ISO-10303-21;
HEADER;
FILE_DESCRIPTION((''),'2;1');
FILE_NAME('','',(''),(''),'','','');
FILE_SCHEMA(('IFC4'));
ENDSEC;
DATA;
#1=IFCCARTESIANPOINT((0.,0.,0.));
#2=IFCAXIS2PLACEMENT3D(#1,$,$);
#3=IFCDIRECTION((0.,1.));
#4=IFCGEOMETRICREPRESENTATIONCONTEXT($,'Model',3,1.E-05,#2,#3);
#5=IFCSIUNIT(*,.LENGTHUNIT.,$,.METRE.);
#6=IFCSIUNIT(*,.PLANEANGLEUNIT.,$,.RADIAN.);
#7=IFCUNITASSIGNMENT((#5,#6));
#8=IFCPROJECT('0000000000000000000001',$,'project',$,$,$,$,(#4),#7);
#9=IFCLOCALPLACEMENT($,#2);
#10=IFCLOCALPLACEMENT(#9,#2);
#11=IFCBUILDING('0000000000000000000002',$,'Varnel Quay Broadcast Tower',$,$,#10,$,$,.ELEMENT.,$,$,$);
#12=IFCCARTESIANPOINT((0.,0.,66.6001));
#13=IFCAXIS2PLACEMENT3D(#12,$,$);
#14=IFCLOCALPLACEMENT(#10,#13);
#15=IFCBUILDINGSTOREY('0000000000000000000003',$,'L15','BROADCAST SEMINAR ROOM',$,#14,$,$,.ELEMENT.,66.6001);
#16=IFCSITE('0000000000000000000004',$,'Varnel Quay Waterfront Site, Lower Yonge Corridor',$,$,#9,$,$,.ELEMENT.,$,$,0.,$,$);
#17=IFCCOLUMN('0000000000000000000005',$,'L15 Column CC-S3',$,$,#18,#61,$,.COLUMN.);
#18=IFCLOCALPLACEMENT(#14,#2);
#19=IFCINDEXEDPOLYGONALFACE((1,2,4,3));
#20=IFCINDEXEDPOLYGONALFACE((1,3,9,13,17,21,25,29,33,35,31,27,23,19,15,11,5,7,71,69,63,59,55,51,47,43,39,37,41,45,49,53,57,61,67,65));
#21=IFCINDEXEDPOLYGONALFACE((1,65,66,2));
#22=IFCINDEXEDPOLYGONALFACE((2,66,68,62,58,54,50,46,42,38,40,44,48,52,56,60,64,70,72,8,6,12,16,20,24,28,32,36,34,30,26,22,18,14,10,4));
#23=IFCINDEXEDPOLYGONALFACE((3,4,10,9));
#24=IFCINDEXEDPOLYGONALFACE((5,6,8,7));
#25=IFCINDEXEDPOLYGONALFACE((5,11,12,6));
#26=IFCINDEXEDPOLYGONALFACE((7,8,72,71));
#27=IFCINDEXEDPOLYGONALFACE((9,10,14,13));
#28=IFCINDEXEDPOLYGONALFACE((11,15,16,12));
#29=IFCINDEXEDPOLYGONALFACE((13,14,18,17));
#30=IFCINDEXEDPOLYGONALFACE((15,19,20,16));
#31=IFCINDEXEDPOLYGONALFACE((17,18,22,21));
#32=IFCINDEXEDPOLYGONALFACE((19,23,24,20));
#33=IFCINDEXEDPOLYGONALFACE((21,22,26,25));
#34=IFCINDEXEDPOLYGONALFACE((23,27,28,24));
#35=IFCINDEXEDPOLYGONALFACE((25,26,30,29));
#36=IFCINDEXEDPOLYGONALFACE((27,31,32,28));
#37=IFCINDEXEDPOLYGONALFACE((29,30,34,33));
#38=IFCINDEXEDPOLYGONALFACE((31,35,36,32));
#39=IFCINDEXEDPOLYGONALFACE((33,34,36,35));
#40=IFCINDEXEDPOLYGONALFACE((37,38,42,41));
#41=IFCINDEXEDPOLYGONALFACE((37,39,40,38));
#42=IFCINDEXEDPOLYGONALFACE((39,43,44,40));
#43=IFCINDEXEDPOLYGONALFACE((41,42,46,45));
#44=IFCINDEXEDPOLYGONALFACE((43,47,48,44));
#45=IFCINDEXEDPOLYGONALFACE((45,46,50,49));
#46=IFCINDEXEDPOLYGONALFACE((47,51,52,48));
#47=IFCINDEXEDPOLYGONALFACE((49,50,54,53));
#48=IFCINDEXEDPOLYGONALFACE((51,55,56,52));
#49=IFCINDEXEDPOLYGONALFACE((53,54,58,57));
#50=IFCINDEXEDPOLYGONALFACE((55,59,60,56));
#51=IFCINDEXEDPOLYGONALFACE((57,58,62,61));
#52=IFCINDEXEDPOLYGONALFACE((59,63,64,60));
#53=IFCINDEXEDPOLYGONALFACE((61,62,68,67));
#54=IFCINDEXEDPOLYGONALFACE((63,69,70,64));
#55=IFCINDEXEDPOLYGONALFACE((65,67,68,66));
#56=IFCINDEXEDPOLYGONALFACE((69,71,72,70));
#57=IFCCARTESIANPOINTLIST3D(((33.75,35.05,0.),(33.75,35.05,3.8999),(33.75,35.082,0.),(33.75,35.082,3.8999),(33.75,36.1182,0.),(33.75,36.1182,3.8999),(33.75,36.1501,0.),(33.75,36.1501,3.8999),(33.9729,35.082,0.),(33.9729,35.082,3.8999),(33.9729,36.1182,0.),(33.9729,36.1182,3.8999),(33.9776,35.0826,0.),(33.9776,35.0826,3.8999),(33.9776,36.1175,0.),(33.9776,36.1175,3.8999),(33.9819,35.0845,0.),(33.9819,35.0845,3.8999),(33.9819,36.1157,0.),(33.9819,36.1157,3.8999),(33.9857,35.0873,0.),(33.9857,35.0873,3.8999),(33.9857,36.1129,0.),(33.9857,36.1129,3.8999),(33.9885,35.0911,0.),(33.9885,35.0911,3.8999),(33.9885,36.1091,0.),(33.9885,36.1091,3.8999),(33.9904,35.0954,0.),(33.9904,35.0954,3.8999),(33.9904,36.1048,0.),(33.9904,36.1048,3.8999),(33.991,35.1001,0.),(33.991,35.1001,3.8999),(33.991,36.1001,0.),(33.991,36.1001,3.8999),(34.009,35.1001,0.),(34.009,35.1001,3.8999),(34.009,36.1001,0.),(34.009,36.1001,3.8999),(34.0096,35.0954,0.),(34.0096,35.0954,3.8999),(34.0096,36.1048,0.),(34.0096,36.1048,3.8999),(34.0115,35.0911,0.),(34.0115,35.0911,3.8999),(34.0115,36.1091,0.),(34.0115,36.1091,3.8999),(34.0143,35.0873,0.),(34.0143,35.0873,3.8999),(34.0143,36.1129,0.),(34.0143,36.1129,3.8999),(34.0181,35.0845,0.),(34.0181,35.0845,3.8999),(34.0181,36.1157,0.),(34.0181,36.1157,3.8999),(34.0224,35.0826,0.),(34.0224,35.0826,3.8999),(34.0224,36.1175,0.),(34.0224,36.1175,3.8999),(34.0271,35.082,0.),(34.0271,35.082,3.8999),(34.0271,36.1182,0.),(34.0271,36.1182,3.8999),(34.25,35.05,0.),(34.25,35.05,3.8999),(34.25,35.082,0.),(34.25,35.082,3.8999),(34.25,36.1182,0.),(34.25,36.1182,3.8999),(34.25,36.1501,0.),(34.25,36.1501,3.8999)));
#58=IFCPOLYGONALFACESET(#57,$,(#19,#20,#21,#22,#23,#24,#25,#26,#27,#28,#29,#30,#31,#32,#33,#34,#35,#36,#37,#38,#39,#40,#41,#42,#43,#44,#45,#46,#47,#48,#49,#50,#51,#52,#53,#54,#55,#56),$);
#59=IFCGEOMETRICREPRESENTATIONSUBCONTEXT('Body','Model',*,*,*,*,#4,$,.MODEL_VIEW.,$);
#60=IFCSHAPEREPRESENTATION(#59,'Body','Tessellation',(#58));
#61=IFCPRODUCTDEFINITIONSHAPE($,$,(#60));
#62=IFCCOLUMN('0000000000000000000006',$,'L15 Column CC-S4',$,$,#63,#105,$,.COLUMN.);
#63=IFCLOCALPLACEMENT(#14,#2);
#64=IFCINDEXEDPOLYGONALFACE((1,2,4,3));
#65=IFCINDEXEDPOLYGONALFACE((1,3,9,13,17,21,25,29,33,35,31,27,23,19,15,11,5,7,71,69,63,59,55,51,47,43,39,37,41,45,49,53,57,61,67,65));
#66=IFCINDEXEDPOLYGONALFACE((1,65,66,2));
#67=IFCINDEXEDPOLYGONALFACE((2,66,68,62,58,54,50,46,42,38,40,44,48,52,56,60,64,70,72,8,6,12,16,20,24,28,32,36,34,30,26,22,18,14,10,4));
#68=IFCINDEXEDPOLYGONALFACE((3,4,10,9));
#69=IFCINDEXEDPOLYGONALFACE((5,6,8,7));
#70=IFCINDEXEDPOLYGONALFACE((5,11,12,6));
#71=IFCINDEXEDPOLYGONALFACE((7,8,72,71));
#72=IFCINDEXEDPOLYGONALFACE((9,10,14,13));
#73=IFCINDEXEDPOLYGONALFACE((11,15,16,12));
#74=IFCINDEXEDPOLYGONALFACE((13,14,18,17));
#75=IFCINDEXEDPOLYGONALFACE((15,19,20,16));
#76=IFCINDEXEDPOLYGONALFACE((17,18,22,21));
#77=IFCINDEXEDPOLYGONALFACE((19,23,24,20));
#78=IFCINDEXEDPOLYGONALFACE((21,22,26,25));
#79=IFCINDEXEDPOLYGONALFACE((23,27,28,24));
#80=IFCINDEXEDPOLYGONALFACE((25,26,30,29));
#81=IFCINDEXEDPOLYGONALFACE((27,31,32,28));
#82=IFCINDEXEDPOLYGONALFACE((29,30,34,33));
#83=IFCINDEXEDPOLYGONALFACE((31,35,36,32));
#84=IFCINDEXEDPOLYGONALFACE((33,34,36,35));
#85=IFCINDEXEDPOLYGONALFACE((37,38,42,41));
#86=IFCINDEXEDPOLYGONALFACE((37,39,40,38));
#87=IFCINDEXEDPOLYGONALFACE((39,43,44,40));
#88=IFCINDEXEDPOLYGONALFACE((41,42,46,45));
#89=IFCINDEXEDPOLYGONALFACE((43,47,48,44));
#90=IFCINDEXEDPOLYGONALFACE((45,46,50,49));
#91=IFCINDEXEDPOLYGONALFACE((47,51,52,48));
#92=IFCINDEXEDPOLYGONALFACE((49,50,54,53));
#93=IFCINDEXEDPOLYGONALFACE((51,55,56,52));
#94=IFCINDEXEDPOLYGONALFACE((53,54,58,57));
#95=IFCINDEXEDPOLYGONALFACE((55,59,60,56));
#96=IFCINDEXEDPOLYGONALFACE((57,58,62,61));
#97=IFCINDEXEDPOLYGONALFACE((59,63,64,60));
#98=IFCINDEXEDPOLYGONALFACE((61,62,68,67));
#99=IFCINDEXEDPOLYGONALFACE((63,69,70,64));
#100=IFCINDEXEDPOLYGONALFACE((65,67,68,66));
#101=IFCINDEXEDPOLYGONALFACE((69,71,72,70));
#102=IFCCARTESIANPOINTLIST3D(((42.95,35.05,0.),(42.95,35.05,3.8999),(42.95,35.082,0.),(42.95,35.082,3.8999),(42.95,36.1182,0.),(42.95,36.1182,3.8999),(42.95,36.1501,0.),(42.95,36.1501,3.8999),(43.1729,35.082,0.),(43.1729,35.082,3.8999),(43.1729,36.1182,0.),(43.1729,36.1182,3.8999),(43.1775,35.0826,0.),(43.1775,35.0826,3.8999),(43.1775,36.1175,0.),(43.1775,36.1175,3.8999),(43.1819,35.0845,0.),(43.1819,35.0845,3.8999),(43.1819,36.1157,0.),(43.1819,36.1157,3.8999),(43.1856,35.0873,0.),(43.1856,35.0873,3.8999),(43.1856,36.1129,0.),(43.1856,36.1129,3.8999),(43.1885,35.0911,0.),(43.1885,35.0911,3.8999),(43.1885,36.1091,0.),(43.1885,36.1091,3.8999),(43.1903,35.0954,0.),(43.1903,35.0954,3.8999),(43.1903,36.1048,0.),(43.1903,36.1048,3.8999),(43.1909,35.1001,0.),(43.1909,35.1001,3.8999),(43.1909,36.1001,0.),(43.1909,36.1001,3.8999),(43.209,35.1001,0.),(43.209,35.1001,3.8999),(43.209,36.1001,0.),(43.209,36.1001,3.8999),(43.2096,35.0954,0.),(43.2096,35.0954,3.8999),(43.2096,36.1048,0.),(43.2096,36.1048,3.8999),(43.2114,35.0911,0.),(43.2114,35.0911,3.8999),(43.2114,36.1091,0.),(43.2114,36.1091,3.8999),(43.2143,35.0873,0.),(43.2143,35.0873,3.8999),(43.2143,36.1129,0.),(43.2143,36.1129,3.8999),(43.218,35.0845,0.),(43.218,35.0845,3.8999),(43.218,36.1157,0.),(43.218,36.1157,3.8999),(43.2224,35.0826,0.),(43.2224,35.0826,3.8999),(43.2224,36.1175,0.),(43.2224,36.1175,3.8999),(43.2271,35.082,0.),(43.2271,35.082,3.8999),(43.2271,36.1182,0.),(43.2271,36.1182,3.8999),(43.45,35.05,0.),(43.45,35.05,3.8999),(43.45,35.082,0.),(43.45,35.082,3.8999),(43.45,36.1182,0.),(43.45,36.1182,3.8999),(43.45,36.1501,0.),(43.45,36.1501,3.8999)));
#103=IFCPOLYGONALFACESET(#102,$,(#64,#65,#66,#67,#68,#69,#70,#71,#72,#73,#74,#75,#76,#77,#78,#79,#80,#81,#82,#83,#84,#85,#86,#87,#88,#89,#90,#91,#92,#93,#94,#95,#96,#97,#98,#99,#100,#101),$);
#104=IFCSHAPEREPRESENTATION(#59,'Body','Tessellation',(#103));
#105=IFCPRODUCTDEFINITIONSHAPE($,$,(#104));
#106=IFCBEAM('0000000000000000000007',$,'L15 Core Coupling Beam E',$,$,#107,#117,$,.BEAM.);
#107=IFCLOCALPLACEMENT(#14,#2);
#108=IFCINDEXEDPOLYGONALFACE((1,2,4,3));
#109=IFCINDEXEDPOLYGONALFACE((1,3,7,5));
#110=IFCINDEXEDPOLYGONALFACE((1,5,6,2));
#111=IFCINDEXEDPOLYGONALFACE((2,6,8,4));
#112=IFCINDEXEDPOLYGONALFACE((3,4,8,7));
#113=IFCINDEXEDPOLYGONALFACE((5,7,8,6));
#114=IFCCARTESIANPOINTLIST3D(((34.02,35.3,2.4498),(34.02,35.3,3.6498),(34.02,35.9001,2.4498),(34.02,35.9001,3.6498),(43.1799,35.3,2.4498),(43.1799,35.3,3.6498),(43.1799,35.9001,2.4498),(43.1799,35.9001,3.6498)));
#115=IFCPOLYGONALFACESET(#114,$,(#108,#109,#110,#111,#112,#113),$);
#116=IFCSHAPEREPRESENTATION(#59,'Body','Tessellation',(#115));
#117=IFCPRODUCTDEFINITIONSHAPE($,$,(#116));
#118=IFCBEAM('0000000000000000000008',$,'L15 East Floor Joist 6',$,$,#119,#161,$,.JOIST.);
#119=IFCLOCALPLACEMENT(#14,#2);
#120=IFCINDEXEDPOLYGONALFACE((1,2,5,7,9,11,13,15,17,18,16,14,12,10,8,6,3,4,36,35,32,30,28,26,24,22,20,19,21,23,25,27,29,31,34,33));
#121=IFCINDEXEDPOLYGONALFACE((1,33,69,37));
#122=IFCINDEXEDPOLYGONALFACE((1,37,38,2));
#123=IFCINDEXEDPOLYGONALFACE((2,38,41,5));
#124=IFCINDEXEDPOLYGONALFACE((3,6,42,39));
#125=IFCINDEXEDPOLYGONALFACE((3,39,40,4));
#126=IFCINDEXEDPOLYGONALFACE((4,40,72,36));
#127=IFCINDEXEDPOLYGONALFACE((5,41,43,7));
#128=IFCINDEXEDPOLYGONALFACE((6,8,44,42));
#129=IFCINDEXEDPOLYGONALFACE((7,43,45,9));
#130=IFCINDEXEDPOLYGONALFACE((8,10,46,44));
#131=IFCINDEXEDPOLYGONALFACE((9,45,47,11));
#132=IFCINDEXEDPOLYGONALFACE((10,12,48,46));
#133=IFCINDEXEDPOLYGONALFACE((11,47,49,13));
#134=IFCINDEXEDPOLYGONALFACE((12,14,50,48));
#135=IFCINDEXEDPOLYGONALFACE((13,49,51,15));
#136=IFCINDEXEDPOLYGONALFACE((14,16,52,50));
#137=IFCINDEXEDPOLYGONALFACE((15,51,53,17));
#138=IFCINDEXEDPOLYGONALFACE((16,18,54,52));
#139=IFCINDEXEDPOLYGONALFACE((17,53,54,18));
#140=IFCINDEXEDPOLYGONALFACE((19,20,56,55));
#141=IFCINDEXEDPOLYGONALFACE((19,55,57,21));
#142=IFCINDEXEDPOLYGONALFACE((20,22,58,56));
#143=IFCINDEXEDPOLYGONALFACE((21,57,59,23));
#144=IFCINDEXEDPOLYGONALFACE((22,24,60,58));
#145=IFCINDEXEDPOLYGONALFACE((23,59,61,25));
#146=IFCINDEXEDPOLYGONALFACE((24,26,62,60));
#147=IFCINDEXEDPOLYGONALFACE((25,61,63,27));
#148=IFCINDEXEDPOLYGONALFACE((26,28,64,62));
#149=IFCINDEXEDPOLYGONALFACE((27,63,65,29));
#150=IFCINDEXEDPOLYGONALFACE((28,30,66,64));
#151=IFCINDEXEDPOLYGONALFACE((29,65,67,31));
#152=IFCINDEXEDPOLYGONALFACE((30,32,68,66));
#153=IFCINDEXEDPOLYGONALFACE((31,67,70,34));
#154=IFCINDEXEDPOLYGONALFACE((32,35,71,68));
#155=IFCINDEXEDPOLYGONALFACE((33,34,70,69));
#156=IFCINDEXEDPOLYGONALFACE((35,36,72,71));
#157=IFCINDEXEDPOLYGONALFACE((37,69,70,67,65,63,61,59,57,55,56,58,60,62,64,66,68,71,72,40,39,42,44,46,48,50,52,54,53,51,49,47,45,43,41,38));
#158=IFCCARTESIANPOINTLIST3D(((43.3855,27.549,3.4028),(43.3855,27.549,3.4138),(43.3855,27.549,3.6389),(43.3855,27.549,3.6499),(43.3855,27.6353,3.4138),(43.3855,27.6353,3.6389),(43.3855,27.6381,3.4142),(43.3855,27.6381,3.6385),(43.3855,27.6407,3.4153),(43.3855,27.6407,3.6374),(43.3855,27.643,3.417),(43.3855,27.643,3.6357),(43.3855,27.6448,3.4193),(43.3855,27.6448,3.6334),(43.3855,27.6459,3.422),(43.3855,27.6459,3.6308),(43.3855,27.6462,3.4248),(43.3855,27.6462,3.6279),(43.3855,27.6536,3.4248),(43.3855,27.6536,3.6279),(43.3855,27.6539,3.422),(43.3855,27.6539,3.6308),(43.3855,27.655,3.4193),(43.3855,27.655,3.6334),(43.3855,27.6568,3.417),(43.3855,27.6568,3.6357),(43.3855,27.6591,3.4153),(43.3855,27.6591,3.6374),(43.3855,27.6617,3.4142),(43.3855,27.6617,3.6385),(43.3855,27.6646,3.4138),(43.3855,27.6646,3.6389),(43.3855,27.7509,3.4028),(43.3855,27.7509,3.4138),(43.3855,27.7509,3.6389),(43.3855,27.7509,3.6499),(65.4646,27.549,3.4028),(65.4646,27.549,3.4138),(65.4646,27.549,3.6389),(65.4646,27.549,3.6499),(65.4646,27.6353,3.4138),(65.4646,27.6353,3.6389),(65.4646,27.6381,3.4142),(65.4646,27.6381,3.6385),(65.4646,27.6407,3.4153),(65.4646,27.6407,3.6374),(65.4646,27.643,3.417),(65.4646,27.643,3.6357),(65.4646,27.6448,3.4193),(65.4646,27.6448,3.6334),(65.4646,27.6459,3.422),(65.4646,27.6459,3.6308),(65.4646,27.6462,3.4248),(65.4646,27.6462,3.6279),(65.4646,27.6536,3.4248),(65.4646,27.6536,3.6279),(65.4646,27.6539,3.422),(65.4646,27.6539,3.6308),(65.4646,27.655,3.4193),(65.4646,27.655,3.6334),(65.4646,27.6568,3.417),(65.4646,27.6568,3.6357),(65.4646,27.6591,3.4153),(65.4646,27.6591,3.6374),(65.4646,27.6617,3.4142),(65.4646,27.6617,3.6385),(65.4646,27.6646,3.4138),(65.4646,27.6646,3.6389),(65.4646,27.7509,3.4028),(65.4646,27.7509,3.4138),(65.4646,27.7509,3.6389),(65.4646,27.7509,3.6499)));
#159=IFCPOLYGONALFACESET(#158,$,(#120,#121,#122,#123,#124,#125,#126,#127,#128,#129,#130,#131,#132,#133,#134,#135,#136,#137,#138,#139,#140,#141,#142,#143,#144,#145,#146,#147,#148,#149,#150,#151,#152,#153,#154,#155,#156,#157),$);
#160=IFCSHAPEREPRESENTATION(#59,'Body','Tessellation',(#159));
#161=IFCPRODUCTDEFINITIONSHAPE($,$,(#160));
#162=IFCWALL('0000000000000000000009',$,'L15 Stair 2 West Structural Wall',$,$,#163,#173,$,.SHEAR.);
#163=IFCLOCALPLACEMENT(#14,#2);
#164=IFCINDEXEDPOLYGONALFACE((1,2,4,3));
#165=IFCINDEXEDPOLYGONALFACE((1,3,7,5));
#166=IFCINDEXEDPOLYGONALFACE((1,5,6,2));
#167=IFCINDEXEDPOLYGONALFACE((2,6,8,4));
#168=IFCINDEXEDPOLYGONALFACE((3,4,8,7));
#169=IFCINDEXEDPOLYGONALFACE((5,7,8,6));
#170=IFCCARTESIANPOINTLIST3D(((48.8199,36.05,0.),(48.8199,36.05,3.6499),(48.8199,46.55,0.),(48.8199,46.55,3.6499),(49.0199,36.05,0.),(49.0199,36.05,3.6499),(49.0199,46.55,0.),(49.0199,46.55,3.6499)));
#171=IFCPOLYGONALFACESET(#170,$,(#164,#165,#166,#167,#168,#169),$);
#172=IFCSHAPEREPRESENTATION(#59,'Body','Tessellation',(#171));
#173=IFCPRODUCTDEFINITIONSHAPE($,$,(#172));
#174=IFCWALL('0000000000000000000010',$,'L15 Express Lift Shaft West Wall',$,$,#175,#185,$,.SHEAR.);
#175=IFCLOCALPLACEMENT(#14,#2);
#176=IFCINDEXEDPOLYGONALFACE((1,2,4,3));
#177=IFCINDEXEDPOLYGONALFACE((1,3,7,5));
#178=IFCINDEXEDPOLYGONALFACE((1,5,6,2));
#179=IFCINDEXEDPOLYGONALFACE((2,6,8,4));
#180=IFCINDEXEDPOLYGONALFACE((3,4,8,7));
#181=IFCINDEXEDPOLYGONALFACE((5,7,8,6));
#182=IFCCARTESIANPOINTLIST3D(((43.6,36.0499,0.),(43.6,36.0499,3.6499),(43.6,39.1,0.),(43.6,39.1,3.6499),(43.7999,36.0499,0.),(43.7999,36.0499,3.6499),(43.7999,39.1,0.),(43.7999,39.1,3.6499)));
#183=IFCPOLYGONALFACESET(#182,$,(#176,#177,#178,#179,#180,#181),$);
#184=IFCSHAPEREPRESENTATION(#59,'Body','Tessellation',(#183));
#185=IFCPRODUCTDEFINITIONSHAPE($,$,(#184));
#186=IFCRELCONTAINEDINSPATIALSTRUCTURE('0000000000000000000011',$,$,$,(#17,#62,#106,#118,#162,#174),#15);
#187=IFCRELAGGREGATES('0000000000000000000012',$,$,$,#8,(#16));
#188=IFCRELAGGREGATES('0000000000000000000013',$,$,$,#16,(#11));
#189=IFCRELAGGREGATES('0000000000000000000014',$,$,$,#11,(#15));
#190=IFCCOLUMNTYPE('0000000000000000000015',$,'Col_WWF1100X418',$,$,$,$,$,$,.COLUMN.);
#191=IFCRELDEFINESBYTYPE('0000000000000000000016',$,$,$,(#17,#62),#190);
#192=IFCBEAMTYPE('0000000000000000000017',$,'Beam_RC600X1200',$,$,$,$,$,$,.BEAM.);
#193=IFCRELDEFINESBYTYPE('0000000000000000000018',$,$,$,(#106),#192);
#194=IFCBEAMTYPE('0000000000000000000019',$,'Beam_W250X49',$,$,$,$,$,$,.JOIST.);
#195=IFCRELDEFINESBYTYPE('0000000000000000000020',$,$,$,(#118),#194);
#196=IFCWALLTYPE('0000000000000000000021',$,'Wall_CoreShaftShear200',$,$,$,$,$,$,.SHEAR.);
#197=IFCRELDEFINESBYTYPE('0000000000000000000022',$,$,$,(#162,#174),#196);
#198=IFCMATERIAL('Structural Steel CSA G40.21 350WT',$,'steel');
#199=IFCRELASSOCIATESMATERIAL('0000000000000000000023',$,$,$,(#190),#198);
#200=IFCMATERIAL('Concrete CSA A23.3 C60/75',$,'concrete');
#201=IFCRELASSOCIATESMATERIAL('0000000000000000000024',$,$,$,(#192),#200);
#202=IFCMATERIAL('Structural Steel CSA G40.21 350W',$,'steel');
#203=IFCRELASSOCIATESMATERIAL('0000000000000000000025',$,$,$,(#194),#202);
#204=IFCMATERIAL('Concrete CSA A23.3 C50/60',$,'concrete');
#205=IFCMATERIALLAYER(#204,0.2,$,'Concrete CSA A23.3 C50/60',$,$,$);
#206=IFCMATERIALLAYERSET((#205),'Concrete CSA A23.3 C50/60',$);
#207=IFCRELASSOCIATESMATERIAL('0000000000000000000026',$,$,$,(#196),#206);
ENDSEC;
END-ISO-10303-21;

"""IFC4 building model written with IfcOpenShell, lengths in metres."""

from ifc_helpers import new_model, si_unit, direction, frame, frame_2d, origin, origin_2d, place, context, subcontext, project, spatial, rectangle, i_section, extrude, source, transform, mapped, material, layer, layer_set, material_profile, profile_set, type_object, type_shapes, element, save


model = new_model("IFC4")

# Units and contexts
model_context = context("Model", 3, precision=1e-05, world=origin(), true_north=direction((0.0, 1.0)))
body_context = subcontext(model_context, "Body", "Model", "MODEL_VIEW")
ifc_project = project(units=[si_unit("LENGTHUNIT", "METRE"), si_unit("PLANEANGLEUNIT", "RADIAN")], contexts=[model_context])

# Site, building, storey
site_placement = place(None, origin())
site = spatial("IfcSite", under=ifc_project, at=site_placement, Name="Varnel Quay Waterfront Site, Lower Yonge Corridor", CompositionType="ELEMENT", RefElevation=0.0)
building_placement = place(site_placement, origin())
building = spatial("IfcBuilding", under=site, at=building_placement, Name="Varnel Quay Broadcast Tower", CompositionType="ELEMENT")
storey_placement = place(building_placement, frame((0.0, 0.0, 66.6001)))
storey = spatial("IfcBuildingStorey", under=building, at=storey_placement, Name="L15", Description="BROADCAST SEMINAR ROOM", CompositionType="ELEMENT", Elevation=66.6001)

# Columns
ifc_material_1 = material(Name="Structural Steel CSA G40.21 350WT", Category="steel")
ifc_material_profile_1 = material_profile(ifc_material_1, i_section(OverallWidth=0.5, OverallDepth=1.1001, WebThickness=0.0181, FlangeThickness=0.032, FilletRadius=0.0181, at=origin_2d()), Name="WWF1100X418")
ifc_profile_set_1 = profile_set([ifc_material_profile_1], Name="Structural Steel CSA G40.21 350WT")
column_type = type_object("IfcColumnType", Name="Col_WWF1100X418", PredefinedType="COLUMN", material=ifc_profile_set_1)
shared_shape_1 = source(origin(), body_context, "Body", "SweptSolid", [
    extrude(i_section(OverallWidth=0.5, OverallDepth=1.1001, WebThickness=0.0181, FlangeThickness=0.032, FilletRadius=0.0181, at=origin_2d()), origin(), (0.0, 0.0, 1.0), 3.8999),
])
type_shapes(column_type, [shared_shape_1])
for number, where, z_axis, x_axis, name in (
    (1, (34.0, 35.6001, 0.0), (0.0, 0.0, 1.0), (1.0, 0.0, 0.0), "L15 Column CC-S3"),
    (2, (43.2, 35.6001, 0.0), (0.0, 0.0, 1.0), (1.0, 0.0, 0.0), "L15 Column CC-S4"),
):
    element("IfcColumn", number, at=place(storey_placement, frame(where, z_axis=z_axis, x_axis=x_axis)), inside=storey, type_object=column_type, Name=name, PredefinedType="COLUMN", context=body_context, shape_type="MappedRepresentation", body=[
        mapped(shared_shape_1, transform((0.0, 0.0, 0.0), x_axis=(1.0, 0.0, 0.0), y_axis=(0.0, 1.0, 0.0), z_axis=(0.0, 0.0, 1.0), scale=1.0)),
    ])

# Beams
ifc_material_2 = material(Name="Concrete CSA A23.3 C60/75", Category="concrete")
ifc_material_profile_2 = material_profile(ifc_material_2, rectangle(XDim=0.6001, YDim=1.2, at=origin_2d()), Name="RC600X1200")
ifc_profile_set_2 = profile_set([ifc_material_profile_2], Name="Concrete CSA A23.3 C60/75")
beam_type_1 = type_object("IfcBeamType", Name="Beam_RC600X1200", PredefinedType="BEAM", material=ifc_profile_set_2)
shared_shape_2 = source(origin(), body_context, "Body", "SweptSolid", [
    extrude(rectangle(XDim=0.6001, YDim=1.2, at=origin_2d()), origin(), (0.0, 0.0, 1.0), 9.1599),
])
type_shapes(beam_type_1, [shared_shape_2])
beam_1_placement = place(storey_placement, frame((34.02, 35.6001, 3.0498), z_axis=(1.0, 0.0, 0.0), x_axis=(0.0, 1.0, 0.0)))
element("IfcBeam", 3, at=beam_1_placement, inside=storey, type_object=beam_type_1, Name="L15 Core Coupling Beam E", PredefinedType="BEAM", context=body_context, shape_type="MappedRepresentation", body=[
    mapped(shared_shape_2, transform((0.0, 0.0, 0.0), x_axis=(1.0, 0.0, 0.0), y_axis=(0.0, 1.0, 0.0), z_axis=(0.0, 0.0, 1.0), scale=1.0)),
])
ifc_material_3 = material(Name="Structural Steel CSA G40.21 350W", Category="steel")
ifc_material_profile_3 = material_profile(ifc_material_3, i_section(OverallWidth=0.2019, OverallDepth=0.2471, WebThickness=0.0073, FlangeThickness=0.011, FilletRadius=0.011, at=origin_2d()), Name="W250X49")
ifc_profile_set_3 = profile_set([ifc_material_profile_3], Name="Structural Steel CSA G40.21 350W")
beam_type_2 = type_object("IfcBeamType", Name="Beam_W250X49", PredefinedType="JOIST", material=ifc_profile_set_3)
shared_shape_3 = source(origin(), body_context, "Body", "SweptSolid", [
    extrude(i_section(OverallWidth=0.2019, OverallDepth=0.2471, WebThickness=0.0073, FlangeThickness=0.011, FilletRadius=0.011, at=origin_2d()), origin(), (0.0, 0.0, 1.0), 22.0791),
])
type_shapes(beam_type_2, [shared_shape_3])
beam_2_placement = place(storey_placement, frame((43.3855, 27.6499, 3.5264), z_axis=(1.0, 0.0, 0.0), x_axis=(0.0, 1.0, 0.0)))
element("IfcBeam", 4, at=beam_2_placement, inside=storey, type_object=beam_type_2, Name="L15 East Floor Joist 6", PredefinedType="JOIST", context=body_context, shape_type="MappedRepresentation", body=[
    mapped(shared_shape_3, transform((0.0, 0.0, 0.0), x_axis=(1.0, 0.0, 0.0), y_axis=(0.0, 1.0, 0.0), z_axis=(0.0, 0.0, 1.0), scale=1.0)),
])

# Walls
ifc_material_4 = material(Name="Concrete CSA A23.3 C50/60", Category="concrete")
ifc_layer_1 = layer(ifc_material_4, 0.2, Name="Concrete CSA A23.3 C50/60")
ifc_layer_set_1 = layer_set([ifc_layer_1], Name="Concrete CSA A23.3 C50/60")
wall_type_1 = type_object("IfcWallType", Name="Wall_CoreShaftShear200", PredefinedType="SHEAR", material=ifc_layer_set_1)
wall_1_placement = place(storey_placement, frame((48.9199, 36.05, 0.0), z_axis=(0.0, 0.0, 1.0), x_axis=(0.0, 1.0, 0.0)))
element("IfcWall", 5, at=wall_1_placement, inside=storey, type_object=wall_type_1, Name="L15 Stair 2 West Structural Wall", PredefinedType="SHEAR", context=body_context, shape_type="SweptSolid", body=[
    extrude(rectangle(XDim=10.5, YDim=0.2, at=frame_2d((5.25, 0.0))), origin(), (0.0, 0.0, 1.0), 3.6499),
])
for number, where, z_axis, x_axis, name in (
    (6, (43.7, 36.05, 0.0), (0.0, 0.0, 1.0), (0.0, 1.0, 0.0), "L15 Express Lift Shaft West Wall"),
):
    element("IfcWall", number, at=place(storey_placement, frame(where, z_axis=z_axis, x_axis=x_axis)), inside=storey, type_object=wall_type_1, Name=name, PredefinedType="SHEAR", context=body_context, shape_type="SweptSolid", body=[
        extrude(rectangle(XDim=3.05, YDim=0.2, at=frame_2d((1.5249, 0.0))), origin(), (0.0, 0.0, 1.0), 3.6499),
    ])

save(model, "model.ifc")
